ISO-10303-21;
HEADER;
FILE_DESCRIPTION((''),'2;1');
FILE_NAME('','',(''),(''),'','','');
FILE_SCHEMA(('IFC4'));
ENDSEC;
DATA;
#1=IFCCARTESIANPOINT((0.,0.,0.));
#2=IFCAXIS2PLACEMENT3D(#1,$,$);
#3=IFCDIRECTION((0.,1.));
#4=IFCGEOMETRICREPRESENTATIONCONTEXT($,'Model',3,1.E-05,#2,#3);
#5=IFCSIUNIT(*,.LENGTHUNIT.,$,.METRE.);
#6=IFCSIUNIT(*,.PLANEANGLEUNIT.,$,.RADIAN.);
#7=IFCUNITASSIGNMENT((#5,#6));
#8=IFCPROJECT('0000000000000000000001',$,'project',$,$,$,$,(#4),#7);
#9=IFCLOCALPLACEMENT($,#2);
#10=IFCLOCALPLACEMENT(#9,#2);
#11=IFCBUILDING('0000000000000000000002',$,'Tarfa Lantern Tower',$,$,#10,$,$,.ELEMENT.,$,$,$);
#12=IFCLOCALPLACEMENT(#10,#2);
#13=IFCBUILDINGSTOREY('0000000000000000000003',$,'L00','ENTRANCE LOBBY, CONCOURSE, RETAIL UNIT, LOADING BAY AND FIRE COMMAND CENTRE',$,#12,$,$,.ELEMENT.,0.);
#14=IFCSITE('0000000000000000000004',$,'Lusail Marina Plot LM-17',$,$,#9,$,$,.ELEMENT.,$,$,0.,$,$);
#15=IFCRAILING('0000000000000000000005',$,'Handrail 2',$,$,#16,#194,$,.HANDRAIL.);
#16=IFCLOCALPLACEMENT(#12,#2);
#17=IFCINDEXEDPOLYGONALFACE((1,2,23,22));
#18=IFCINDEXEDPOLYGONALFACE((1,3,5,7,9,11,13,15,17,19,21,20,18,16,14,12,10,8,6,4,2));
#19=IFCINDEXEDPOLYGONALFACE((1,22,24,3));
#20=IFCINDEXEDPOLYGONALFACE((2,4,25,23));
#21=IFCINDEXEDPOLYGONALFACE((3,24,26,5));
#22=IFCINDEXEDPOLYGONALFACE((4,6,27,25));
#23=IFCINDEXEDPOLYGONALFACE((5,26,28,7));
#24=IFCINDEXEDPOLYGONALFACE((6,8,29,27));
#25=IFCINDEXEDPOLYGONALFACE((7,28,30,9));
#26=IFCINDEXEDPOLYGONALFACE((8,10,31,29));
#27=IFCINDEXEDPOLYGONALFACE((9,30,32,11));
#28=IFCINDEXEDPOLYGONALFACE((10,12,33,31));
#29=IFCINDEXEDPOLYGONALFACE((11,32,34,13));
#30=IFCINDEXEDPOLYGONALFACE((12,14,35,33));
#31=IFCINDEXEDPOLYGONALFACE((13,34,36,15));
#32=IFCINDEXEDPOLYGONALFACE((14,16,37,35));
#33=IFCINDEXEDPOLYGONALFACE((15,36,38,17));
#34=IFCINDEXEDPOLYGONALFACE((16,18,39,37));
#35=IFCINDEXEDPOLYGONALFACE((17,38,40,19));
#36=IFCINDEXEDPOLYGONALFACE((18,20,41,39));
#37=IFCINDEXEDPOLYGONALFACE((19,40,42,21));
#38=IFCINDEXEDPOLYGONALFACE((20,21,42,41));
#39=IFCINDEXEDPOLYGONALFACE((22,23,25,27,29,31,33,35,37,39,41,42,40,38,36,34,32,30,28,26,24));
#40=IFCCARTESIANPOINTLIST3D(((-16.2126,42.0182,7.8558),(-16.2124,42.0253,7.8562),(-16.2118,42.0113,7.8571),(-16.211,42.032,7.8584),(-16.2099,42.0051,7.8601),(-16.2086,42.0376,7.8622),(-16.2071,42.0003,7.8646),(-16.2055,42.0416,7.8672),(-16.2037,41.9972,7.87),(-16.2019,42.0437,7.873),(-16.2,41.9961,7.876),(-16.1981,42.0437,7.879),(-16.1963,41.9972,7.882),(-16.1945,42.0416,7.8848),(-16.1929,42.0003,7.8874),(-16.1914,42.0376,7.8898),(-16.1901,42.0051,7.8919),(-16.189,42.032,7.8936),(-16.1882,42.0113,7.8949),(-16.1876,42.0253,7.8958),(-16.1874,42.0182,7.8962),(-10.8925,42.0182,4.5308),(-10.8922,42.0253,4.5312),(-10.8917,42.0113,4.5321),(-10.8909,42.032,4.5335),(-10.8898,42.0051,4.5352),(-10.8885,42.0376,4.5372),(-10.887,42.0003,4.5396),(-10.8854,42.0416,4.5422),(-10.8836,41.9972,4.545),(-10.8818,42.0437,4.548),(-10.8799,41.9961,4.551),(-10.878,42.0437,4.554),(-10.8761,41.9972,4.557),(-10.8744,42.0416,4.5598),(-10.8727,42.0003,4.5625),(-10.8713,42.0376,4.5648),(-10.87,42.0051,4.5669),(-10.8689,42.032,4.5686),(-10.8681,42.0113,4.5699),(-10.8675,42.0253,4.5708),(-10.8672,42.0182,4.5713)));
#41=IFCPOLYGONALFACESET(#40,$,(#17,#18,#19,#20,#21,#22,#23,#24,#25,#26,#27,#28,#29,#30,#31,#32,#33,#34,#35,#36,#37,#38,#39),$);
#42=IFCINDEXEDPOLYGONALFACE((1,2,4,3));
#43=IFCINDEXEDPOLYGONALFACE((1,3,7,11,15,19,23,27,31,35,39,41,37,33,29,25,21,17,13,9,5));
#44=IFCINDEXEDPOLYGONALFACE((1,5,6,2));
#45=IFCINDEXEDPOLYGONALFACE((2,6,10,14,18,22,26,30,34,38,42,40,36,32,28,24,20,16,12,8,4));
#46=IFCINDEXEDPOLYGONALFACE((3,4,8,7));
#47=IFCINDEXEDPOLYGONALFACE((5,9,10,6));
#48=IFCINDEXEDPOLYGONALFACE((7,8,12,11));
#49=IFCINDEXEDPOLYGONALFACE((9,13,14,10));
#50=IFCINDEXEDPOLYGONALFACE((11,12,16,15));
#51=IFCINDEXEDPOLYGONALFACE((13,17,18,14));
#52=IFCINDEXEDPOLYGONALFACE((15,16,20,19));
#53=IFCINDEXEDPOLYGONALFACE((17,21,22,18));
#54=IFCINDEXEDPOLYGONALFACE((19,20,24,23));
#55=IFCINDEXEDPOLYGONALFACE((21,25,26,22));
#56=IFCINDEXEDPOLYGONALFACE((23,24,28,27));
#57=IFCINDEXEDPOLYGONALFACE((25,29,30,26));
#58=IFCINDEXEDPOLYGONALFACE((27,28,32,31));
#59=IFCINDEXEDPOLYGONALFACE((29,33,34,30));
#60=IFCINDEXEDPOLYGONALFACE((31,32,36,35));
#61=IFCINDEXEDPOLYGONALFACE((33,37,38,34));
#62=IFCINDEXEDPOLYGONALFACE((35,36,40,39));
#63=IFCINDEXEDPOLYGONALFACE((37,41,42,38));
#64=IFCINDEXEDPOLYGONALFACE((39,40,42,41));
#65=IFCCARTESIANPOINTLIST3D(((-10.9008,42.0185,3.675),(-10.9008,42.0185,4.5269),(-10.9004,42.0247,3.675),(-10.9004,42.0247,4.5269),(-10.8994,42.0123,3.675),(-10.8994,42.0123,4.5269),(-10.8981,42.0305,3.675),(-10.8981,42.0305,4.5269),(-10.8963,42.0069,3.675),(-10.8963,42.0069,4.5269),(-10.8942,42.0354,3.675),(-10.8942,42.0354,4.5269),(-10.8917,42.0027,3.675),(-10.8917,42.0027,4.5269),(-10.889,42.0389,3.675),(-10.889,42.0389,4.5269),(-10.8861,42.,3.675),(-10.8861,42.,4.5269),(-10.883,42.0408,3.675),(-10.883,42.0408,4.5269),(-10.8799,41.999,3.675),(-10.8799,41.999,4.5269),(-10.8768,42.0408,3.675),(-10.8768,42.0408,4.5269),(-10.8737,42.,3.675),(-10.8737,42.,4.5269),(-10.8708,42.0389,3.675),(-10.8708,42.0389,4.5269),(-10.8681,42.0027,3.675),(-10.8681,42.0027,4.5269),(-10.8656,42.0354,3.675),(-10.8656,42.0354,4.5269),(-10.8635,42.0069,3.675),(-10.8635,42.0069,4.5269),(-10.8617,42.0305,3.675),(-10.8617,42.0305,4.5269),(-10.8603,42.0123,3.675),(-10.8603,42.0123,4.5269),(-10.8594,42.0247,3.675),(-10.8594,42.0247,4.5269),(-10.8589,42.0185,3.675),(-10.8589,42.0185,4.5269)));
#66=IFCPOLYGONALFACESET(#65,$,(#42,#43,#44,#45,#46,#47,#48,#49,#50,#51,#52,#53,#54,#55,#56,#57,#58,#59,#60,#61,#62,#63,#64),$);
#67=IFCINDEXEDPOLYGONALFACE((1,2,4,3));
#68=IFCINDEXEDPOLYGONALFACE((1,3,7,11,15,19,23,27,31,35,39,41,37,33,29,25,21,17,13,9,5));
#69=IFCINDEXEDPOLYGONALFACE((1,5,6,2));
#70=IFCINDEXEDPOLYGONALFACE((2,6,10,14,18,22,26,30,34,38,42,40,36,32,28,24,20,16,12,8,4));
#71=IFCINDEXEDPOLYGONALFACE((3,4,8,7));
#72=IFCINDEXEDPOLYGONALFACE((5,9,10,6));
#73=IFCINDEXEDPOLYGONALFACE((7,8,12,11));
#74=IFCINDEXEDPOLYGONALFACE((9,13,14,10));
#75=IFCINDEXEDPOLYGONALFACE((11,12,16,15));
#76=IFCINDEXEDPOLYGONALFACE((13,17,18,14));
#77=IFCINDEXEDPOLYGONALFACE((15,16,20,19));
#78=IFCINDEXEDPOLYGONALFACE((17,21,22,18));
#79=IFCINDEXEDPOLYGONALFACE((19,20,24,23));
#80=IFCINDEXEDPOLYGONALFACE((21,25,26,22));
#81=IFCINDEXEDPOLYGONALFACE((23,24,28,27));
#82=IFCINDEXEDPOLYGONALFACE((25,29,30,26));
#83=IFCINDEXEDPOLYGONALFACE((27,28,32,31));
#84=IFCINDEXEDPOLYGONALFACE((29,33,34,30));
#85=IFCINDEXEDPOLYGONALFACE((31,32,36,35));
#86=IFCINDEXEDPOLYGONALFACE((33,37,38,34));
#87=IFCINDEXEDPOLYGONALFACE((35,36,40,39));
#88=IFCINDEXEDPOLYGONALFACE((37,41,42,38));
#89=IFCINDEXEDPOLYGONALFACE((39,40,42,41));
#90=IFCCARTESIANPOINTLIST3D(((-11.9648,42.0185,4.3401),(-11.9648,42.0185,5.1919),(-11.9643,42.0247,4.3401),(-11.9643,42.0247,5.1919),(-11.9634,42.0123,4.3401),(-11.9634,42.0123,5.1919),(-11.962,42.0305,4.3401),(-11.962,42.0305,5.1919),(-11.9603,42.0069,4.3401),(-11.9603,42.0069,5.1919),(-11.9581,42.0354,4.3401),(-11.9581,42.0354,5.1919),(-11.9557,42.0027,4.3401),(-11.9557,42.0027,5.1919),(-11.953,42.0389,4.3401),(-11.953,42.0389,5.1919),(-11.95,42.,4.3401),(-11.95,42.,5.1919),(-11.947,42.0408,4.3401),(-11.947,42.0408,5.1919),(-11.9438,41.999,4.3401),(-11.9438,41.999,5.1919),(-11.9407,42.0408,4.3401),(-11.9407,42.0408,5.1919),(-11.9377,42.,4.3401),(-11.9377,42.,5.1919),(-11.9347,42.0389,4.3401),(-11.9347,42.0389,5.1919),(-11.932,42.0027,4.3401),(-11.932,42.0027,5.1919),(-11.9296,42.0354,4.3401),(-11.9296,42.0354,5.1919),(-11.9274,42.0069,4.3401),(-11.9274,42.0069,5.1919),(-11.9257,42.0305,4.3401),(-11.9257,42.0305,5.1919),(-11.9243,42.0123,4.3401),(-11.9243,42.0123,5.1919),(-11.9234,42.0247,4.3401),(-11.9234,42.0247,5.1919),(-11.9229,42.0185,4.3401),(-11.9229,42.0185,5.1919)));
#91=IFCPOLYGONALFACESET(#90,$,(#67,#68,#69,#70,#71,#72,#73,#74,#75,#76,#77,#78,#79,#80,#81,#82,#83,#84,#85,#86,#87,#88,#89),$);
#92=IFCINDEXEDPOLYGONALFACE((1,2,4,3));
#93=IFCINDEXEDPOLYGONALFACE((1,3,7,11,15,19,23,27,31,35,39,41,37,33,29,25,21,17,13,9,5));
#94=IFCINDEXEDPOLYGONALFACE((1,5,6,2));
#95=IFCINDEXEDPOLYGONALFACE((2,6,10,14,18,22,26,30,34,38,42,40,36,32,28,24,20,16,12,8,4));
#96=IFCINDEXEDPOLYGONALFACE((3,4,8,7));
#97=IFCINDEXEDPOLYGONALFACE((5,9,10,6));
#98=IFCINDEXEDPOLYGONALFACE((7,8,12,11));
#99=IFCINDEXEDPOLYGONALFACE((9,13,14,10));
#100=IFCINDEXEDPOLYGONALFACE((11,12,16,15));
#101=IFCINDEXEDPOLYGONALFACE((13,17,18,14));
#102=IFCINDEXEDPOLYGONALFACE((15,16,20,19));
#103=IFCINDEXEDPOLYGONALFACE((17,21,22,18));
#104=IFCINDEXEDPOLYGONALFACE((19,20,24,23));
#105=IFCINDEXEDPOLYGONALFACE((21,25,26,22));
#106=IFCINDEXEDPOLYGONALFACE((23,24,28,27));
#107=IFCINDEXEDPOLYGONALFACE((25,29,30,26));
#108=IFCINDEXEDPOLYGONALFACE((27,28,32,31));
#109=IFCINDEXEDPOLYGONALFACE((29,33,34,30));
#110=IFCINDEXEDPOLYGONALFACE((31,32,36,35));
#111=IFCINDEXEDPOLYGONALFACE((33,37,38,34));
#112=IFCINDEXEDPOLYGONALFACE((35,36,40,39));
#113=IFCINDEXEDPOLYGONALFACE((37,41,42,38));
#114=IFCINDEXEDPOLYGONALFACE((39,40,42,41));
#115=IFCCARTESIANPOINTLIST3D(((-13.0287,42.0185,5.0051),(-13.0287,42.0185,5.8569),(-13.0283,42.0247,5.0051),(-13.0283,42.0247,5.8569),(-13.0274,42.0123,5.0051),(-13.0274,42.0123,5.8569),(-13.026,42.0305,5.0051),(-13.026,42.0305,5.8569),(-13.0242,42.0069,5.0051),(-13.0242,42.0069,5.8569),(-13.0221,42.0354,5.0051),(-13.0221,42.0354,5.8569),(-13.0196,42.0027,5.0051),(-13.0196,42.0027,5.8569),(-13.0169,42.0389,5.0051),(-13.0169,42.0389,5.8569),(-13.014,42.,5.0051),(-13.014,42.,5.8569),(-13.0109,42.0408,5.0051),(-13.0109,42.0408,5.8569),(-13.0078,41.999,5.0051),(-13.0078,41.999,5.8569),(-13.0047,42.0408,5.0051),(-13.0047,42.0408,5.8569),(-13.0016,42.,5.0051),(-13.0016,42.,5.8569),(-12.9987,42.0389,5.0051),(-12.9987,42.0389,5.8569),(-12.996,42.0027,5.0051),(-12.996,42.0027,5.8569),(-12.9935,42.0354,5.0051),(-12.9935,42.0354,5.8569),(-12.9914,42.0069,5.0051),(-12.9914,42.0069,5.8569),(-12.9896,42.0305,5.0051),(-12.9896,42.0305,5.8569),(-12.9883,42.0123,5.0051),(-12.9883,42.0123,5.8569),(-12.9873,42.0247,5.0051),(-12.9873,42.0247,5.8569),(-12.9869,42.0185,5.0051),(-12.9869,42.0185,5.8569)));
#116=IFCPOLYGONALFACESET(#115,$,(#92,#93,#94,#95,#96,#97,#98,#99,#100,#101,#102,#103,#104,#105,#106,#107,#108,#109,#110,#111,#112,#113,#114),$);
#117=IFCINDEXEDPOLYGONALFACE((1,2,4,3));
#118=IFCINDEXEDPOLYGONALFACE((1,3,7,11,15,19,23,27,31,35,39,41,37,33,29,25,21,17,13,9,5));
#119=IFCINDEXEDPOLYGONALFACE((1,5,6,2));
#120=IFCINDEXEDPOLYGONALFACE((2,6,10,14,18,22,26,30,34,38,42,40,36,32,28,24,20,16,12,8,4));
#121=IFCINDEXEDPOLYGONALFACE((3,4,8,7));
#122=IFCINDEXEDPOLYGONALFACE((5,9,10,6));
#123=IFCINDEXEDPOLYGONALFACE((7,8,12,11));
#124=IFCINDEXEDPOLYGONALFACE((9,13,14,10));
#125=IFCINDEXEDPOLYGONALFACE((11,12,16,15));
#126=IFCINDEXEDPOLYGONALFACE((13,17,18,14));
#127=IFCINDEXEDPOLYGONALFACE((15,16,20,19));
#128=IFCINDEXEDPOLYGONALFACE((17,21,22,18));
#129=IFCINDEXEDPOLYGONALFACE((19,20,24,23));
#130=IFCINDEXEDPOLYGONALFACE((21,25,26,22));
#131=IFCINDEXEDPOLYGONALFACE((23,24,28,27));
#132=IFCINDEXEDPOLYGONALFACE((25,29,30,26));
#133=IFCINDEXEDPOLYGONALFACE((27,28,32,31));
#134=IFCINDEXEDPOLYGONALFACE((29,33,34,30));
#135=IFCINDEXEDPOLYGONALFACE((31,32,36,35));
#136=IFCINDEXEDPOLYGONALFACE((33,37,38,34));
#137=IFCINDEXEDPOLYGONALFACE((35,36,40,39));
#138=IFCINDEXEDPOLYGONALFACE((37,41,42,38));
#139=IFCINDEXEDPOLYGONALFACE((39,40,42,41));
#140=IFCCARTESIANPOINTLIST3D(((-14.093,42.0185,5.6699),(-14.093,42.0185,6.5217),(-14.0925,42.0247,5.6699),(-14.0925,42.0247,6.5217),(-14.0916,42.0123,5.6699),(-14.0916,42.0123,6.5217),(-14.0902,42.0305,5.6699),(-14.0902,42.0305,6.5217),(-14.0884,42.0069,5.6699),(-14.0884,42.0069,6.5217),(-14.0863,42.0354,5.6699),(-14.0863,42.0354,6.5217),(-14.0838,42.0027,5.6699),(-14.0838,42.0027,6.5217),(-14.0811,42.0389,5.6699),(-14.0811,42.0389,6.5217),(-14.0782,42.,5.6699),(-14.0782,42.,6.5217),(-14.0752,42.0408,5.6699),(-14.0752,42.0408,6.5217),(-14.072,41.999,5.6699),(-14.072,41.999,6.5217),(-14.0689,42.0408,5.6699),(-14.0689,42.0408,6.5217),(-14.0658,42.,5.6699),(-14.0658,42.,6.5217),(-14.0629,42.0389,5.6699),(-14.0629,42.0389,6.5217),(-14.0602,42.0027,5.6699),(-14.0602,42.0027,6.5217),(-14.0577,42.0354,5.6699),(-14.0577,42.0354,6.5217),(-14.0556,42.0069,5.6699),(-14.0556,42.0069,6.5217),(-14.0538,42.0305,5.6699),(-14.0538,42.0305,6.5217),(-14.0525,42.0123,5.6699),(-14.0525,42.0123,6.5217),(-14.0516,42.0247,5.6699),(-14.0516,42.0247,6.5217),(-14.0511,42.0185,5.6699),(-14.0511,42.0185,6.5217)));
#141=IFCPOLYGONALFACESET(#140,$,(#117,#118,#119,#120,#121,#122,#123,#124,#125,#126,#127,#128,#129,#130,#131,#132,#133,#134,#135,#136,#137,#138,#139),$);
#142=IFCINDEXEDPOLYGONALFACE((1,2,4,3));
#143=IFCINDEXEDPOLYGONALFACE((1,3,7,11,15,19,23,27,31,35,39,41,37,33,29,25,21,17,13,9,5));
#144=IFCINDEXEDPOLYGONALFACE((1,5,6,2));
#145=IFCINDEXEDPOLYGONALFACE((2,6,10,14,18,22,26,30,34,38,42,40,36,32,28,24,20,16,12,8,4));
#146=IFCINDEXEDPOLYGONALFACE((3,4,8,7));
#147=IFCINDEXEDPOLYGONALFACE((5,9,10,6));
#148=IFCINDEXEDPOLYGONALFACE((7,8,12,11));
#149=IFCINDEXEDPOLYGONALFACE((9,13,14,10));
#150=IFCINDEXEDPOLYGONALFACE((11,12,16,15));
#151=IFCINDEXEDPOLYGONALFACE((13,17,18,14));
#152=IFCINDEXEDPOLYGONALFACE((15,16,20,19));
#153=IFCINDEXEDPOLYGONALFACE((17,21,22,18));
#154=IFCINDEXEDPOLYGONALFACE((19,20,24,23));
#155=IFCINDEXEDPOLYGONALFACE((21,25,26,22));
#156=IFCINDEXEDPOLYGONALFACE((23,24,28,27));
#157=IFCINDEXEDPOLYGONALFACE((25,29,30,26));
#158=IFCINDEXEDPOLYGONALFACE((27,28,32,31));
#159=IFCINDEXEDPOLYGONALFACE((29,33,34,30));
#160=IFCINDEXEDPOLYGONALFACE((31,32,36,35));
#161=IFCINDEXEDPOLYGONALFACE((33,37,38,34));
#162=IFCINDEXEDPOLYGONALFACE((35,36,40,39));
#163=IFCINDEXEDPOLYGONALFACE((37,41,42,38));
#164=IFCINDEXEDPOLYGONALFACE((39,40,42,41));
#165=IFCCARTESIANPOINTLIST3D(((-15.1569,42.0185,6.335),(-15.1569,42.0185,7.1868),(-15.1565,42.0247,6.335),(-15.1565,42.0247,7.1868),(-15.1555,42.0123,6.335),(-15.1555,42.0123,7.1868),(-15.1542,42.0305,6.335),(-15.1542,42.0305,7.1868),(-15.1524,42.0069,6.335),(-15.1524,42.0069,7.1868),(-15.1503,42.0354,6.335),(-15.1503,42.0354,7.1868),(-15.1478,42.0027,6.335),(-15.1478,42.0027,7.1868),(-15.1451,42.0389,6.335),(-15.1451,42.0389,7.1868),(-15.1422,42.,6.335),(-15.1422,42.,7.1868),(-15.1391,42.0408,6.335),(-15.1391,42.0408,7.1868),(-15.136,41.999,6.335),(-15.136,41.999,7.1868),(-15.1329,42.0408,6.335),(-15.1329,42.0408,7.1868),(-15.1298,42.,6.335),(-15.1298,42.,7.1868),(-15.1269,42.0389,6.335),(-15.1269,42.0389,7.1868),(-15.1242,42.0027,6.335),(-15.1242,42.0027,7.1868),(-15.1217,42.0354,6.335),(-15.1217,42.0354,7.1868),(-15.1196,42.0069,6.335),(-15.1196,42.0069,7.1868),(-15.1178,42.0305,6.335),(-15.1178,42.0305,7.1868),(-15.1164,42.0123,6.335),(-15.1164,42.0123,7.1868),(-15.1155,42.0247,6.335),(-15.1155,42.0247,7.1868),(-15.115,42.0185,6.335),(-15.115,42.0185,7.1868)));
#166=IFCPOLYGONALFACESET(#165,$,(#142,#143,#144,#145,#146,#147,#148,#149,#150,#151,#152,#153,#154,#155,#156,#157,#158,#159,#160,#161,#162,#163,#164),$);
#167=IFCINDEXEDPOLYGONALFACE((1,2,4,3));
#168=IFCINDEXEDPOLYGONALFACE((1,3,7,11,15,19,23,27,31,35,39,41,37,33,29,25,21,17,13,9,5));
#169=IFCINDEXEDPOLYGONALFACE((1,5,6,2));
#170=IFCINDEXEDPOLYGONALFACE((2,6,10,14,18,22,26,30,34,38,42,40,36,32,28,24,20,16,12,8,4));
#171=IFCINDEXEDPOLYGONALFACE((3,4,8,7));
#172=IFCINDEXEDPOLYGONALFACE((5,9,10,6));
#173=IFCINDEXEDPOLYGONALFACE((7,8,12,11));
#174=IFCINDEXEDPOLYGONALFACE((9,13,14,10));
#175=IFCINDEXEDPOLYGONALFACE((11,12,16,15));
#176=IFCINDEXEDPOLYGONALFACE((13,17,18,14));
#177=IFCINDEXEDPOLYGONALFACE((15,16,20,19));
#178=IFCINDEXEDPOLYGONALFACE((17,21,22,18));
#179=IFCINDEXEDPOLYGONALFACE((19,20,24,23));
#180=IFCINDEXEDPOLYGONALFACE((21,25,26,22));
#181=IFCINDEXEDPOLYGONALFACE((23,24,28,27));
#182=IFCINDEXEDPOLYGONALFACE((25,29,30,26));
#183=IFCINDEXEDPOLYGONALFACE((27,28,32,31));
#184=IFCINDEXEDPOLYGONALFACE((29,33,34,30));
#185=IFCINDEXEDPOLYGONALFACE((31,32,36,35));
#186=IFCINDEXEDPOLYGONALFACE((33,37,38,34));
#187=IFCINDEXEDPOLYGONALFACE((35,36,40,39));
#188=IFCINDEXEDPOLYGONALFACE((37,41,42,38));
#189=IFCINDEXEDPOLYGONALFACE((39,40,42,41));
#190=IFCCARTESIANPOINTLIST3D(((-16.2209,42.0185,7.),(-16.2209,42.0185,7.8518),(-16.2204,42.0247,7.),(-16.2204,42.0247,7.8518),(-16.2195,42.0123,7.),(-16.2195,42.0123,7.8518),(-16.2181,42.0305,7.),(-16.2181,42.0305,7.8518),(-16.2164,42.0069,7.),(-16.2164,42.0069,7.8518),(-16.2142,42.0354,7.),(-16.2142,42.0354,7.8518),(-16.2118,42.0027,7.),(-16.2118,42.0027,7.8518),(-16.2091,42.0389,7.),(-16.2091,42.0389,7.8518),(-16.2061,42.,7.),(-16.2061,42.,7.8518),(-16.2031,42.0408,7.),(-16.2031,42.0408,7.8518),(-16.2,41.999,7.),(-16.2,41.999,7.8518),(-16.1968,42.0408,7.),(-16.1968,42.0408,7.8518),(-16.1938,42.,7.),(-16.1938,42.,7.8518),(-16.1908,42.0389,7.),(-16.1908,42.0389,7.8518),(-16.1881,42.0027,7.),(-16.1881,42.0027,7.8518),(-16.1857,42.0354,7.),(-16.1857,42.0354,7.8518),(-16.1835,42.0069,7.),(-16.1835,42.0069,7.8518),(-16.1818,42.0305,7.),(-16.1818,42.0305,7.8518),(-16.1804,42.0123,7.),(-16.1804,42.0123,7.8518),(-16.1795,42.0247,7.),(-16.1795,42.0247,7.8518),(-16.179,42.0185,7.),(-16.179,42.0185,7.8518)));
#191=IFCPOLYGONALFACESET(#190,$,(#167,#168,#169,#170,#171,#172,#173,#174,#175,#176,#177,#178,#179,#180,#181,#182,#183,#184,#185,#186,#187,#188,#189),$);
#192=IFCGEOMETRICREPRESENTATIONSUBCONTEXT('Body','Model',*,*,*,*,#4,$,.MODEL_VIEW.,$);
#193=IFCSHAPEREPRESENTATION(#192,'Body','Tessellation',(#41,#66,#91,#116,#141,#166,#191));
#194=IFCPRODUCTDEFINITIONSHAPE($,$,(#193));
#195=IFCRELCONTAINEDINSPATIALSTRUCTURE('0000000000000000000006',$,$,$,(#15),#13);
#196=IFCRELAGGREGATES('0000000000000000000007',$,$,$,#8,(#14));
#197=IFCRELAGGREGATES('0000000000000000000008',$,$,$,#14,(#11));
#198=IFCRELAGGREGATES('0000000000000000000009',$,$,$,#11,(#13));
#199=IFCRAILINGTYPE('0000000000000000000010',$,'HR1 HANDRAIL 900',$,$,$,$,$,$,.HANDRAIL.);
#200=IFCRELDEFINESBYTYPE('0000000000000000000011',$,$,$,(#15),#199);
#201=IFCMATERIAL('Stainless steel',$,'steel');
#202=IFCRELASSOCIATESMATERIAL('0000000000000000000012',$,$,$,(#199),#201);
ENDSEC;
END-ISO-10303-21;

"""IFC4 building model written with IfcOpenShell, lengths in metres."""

from ifc_helpers import new_model, si_unit, direction, frame, origin, origin_2d, place, context, subcontext, project, spatial, circle, extrude, material, type_object, element, save


model = new_model("IFC4")

# Units and contexts
model_context = context("Model", 3, precision=1e-05, world=origin(), true_north=direction((0.0, 1.0)))
body_context = subcontext(model_context, "Body", "Model", "MODEL_VIEW")
ifc_project = project(units=[si_unit("LENGTHUNIT", "METRE"), si_unit("PLANEANGLEUNIT", "RADIAN")], contexts=[model_context])

# Site, building, storey
site_placement = place(None, origin())
site = spatial("IfcSite", under=ifc_project, at=site_placement, Name="Lusail Marina Plot LM-17", CompositionType="ELEMENT", RefElevation=0.0)
building_placement = place(site_placement, origin())
building = spatial("IfcBuilding", under=site, at=building_placement, Name="Tarfa Lantern Tower", CompositionType="ELEMENT")
storey_placement = place(building_placement, origin())
storey = spatial("IfcBuildingStorey", under=building, at=storey_placement, Name="L00", Description="ENTRANCE LOBBY, CONCOURSE, RETAIL UNIT, LOADING BAY AND FIRE COMMAND CENTRE", CompositionType="ELEMENT", Elevation=0.0)

# Railing
ifc_material_1 = material(Name="Stainless steel", Category="steel")
railing_type = type_object("IfcRailingType", Name="HR1 HANDRAIL 900", PredefinedType="HANDRAIL", material=ifc_material_1)
railing_placement = place(storey_placement, frame((-10.8799, 42.02, 3.675)))
element("IfcRailing", 1, at=railing_placement, inside=storey, type_object=railing_type, Name="Handrail 2", PredefinedType="HANDRAIL", context=body_context, shape_type="SweptSolid", body=[
    extrude(circle(Radius=0.0239, at=origin_2d()), frame((0.0, 0.0, 0.876), z_axis=(-0.848005, 0.0, 0.529988), x_axis=(0.0, -1.0, 0.0)), (0.0, 0.0, 1.0), 6.2737),
    extrude(circle(Radius=0.021, at=origin_2d()), frame((0.0, 0.0, 0.0), z_axis=(0.0, 0.0, 1.0), x_axis=(0.0, -1.0, 0.0)), (0.0, 0.0, 1.0), 0.8518),
    extrude(circle(Radius=0.021, at=origin_2d()), frame((-1.064, 0.0, 0.665), z_axis=(0.0, 0.0, 1.0), x_axis=(0.0, -1.0, 0.0)), (0.0, 0.0, 1.0), 0.8518),
    extrude(circle(Radius=0.021, at=origin_2d()), frame((-2.1279, 0.0, 1.3301), z_axis=(0.0, 0.0, 1.0), x_axis=(0.0, -1.0, 0.0)), (0.0, 0.0, 1.0), 0.8518),
    extrude(circle(Radius=0.021, at=origin_2d()), frame((-3.1921, 0.0, 1.9949), z_axis=(0.0, 0.0, 1.0), x_axis=(0.0, -1.0, 0.0)), (0.0, 0.0, 1.0), 0.8518),
    extrude(circle(Radius=0.021, at=origin_2d()), frame((-4.2561, 0.0, 2.6599), z_axis=(0.0, 0.0, 1.0), x_axis=(0.0, -1.0, 0.0)), (0.0, 0.0, 1.0), 0.8518),
    extrude(circle(Radius=0.021, at=origin_2d()), frame((-5.3201, 0.0, 3.325), z_axis=(0.0, 0.0, 1.0), x_axis=(0.0, -1.0, 0.0)), (0.0, 0.0, 1.0), 0.8518),
])

save(model, "model.ifc")
